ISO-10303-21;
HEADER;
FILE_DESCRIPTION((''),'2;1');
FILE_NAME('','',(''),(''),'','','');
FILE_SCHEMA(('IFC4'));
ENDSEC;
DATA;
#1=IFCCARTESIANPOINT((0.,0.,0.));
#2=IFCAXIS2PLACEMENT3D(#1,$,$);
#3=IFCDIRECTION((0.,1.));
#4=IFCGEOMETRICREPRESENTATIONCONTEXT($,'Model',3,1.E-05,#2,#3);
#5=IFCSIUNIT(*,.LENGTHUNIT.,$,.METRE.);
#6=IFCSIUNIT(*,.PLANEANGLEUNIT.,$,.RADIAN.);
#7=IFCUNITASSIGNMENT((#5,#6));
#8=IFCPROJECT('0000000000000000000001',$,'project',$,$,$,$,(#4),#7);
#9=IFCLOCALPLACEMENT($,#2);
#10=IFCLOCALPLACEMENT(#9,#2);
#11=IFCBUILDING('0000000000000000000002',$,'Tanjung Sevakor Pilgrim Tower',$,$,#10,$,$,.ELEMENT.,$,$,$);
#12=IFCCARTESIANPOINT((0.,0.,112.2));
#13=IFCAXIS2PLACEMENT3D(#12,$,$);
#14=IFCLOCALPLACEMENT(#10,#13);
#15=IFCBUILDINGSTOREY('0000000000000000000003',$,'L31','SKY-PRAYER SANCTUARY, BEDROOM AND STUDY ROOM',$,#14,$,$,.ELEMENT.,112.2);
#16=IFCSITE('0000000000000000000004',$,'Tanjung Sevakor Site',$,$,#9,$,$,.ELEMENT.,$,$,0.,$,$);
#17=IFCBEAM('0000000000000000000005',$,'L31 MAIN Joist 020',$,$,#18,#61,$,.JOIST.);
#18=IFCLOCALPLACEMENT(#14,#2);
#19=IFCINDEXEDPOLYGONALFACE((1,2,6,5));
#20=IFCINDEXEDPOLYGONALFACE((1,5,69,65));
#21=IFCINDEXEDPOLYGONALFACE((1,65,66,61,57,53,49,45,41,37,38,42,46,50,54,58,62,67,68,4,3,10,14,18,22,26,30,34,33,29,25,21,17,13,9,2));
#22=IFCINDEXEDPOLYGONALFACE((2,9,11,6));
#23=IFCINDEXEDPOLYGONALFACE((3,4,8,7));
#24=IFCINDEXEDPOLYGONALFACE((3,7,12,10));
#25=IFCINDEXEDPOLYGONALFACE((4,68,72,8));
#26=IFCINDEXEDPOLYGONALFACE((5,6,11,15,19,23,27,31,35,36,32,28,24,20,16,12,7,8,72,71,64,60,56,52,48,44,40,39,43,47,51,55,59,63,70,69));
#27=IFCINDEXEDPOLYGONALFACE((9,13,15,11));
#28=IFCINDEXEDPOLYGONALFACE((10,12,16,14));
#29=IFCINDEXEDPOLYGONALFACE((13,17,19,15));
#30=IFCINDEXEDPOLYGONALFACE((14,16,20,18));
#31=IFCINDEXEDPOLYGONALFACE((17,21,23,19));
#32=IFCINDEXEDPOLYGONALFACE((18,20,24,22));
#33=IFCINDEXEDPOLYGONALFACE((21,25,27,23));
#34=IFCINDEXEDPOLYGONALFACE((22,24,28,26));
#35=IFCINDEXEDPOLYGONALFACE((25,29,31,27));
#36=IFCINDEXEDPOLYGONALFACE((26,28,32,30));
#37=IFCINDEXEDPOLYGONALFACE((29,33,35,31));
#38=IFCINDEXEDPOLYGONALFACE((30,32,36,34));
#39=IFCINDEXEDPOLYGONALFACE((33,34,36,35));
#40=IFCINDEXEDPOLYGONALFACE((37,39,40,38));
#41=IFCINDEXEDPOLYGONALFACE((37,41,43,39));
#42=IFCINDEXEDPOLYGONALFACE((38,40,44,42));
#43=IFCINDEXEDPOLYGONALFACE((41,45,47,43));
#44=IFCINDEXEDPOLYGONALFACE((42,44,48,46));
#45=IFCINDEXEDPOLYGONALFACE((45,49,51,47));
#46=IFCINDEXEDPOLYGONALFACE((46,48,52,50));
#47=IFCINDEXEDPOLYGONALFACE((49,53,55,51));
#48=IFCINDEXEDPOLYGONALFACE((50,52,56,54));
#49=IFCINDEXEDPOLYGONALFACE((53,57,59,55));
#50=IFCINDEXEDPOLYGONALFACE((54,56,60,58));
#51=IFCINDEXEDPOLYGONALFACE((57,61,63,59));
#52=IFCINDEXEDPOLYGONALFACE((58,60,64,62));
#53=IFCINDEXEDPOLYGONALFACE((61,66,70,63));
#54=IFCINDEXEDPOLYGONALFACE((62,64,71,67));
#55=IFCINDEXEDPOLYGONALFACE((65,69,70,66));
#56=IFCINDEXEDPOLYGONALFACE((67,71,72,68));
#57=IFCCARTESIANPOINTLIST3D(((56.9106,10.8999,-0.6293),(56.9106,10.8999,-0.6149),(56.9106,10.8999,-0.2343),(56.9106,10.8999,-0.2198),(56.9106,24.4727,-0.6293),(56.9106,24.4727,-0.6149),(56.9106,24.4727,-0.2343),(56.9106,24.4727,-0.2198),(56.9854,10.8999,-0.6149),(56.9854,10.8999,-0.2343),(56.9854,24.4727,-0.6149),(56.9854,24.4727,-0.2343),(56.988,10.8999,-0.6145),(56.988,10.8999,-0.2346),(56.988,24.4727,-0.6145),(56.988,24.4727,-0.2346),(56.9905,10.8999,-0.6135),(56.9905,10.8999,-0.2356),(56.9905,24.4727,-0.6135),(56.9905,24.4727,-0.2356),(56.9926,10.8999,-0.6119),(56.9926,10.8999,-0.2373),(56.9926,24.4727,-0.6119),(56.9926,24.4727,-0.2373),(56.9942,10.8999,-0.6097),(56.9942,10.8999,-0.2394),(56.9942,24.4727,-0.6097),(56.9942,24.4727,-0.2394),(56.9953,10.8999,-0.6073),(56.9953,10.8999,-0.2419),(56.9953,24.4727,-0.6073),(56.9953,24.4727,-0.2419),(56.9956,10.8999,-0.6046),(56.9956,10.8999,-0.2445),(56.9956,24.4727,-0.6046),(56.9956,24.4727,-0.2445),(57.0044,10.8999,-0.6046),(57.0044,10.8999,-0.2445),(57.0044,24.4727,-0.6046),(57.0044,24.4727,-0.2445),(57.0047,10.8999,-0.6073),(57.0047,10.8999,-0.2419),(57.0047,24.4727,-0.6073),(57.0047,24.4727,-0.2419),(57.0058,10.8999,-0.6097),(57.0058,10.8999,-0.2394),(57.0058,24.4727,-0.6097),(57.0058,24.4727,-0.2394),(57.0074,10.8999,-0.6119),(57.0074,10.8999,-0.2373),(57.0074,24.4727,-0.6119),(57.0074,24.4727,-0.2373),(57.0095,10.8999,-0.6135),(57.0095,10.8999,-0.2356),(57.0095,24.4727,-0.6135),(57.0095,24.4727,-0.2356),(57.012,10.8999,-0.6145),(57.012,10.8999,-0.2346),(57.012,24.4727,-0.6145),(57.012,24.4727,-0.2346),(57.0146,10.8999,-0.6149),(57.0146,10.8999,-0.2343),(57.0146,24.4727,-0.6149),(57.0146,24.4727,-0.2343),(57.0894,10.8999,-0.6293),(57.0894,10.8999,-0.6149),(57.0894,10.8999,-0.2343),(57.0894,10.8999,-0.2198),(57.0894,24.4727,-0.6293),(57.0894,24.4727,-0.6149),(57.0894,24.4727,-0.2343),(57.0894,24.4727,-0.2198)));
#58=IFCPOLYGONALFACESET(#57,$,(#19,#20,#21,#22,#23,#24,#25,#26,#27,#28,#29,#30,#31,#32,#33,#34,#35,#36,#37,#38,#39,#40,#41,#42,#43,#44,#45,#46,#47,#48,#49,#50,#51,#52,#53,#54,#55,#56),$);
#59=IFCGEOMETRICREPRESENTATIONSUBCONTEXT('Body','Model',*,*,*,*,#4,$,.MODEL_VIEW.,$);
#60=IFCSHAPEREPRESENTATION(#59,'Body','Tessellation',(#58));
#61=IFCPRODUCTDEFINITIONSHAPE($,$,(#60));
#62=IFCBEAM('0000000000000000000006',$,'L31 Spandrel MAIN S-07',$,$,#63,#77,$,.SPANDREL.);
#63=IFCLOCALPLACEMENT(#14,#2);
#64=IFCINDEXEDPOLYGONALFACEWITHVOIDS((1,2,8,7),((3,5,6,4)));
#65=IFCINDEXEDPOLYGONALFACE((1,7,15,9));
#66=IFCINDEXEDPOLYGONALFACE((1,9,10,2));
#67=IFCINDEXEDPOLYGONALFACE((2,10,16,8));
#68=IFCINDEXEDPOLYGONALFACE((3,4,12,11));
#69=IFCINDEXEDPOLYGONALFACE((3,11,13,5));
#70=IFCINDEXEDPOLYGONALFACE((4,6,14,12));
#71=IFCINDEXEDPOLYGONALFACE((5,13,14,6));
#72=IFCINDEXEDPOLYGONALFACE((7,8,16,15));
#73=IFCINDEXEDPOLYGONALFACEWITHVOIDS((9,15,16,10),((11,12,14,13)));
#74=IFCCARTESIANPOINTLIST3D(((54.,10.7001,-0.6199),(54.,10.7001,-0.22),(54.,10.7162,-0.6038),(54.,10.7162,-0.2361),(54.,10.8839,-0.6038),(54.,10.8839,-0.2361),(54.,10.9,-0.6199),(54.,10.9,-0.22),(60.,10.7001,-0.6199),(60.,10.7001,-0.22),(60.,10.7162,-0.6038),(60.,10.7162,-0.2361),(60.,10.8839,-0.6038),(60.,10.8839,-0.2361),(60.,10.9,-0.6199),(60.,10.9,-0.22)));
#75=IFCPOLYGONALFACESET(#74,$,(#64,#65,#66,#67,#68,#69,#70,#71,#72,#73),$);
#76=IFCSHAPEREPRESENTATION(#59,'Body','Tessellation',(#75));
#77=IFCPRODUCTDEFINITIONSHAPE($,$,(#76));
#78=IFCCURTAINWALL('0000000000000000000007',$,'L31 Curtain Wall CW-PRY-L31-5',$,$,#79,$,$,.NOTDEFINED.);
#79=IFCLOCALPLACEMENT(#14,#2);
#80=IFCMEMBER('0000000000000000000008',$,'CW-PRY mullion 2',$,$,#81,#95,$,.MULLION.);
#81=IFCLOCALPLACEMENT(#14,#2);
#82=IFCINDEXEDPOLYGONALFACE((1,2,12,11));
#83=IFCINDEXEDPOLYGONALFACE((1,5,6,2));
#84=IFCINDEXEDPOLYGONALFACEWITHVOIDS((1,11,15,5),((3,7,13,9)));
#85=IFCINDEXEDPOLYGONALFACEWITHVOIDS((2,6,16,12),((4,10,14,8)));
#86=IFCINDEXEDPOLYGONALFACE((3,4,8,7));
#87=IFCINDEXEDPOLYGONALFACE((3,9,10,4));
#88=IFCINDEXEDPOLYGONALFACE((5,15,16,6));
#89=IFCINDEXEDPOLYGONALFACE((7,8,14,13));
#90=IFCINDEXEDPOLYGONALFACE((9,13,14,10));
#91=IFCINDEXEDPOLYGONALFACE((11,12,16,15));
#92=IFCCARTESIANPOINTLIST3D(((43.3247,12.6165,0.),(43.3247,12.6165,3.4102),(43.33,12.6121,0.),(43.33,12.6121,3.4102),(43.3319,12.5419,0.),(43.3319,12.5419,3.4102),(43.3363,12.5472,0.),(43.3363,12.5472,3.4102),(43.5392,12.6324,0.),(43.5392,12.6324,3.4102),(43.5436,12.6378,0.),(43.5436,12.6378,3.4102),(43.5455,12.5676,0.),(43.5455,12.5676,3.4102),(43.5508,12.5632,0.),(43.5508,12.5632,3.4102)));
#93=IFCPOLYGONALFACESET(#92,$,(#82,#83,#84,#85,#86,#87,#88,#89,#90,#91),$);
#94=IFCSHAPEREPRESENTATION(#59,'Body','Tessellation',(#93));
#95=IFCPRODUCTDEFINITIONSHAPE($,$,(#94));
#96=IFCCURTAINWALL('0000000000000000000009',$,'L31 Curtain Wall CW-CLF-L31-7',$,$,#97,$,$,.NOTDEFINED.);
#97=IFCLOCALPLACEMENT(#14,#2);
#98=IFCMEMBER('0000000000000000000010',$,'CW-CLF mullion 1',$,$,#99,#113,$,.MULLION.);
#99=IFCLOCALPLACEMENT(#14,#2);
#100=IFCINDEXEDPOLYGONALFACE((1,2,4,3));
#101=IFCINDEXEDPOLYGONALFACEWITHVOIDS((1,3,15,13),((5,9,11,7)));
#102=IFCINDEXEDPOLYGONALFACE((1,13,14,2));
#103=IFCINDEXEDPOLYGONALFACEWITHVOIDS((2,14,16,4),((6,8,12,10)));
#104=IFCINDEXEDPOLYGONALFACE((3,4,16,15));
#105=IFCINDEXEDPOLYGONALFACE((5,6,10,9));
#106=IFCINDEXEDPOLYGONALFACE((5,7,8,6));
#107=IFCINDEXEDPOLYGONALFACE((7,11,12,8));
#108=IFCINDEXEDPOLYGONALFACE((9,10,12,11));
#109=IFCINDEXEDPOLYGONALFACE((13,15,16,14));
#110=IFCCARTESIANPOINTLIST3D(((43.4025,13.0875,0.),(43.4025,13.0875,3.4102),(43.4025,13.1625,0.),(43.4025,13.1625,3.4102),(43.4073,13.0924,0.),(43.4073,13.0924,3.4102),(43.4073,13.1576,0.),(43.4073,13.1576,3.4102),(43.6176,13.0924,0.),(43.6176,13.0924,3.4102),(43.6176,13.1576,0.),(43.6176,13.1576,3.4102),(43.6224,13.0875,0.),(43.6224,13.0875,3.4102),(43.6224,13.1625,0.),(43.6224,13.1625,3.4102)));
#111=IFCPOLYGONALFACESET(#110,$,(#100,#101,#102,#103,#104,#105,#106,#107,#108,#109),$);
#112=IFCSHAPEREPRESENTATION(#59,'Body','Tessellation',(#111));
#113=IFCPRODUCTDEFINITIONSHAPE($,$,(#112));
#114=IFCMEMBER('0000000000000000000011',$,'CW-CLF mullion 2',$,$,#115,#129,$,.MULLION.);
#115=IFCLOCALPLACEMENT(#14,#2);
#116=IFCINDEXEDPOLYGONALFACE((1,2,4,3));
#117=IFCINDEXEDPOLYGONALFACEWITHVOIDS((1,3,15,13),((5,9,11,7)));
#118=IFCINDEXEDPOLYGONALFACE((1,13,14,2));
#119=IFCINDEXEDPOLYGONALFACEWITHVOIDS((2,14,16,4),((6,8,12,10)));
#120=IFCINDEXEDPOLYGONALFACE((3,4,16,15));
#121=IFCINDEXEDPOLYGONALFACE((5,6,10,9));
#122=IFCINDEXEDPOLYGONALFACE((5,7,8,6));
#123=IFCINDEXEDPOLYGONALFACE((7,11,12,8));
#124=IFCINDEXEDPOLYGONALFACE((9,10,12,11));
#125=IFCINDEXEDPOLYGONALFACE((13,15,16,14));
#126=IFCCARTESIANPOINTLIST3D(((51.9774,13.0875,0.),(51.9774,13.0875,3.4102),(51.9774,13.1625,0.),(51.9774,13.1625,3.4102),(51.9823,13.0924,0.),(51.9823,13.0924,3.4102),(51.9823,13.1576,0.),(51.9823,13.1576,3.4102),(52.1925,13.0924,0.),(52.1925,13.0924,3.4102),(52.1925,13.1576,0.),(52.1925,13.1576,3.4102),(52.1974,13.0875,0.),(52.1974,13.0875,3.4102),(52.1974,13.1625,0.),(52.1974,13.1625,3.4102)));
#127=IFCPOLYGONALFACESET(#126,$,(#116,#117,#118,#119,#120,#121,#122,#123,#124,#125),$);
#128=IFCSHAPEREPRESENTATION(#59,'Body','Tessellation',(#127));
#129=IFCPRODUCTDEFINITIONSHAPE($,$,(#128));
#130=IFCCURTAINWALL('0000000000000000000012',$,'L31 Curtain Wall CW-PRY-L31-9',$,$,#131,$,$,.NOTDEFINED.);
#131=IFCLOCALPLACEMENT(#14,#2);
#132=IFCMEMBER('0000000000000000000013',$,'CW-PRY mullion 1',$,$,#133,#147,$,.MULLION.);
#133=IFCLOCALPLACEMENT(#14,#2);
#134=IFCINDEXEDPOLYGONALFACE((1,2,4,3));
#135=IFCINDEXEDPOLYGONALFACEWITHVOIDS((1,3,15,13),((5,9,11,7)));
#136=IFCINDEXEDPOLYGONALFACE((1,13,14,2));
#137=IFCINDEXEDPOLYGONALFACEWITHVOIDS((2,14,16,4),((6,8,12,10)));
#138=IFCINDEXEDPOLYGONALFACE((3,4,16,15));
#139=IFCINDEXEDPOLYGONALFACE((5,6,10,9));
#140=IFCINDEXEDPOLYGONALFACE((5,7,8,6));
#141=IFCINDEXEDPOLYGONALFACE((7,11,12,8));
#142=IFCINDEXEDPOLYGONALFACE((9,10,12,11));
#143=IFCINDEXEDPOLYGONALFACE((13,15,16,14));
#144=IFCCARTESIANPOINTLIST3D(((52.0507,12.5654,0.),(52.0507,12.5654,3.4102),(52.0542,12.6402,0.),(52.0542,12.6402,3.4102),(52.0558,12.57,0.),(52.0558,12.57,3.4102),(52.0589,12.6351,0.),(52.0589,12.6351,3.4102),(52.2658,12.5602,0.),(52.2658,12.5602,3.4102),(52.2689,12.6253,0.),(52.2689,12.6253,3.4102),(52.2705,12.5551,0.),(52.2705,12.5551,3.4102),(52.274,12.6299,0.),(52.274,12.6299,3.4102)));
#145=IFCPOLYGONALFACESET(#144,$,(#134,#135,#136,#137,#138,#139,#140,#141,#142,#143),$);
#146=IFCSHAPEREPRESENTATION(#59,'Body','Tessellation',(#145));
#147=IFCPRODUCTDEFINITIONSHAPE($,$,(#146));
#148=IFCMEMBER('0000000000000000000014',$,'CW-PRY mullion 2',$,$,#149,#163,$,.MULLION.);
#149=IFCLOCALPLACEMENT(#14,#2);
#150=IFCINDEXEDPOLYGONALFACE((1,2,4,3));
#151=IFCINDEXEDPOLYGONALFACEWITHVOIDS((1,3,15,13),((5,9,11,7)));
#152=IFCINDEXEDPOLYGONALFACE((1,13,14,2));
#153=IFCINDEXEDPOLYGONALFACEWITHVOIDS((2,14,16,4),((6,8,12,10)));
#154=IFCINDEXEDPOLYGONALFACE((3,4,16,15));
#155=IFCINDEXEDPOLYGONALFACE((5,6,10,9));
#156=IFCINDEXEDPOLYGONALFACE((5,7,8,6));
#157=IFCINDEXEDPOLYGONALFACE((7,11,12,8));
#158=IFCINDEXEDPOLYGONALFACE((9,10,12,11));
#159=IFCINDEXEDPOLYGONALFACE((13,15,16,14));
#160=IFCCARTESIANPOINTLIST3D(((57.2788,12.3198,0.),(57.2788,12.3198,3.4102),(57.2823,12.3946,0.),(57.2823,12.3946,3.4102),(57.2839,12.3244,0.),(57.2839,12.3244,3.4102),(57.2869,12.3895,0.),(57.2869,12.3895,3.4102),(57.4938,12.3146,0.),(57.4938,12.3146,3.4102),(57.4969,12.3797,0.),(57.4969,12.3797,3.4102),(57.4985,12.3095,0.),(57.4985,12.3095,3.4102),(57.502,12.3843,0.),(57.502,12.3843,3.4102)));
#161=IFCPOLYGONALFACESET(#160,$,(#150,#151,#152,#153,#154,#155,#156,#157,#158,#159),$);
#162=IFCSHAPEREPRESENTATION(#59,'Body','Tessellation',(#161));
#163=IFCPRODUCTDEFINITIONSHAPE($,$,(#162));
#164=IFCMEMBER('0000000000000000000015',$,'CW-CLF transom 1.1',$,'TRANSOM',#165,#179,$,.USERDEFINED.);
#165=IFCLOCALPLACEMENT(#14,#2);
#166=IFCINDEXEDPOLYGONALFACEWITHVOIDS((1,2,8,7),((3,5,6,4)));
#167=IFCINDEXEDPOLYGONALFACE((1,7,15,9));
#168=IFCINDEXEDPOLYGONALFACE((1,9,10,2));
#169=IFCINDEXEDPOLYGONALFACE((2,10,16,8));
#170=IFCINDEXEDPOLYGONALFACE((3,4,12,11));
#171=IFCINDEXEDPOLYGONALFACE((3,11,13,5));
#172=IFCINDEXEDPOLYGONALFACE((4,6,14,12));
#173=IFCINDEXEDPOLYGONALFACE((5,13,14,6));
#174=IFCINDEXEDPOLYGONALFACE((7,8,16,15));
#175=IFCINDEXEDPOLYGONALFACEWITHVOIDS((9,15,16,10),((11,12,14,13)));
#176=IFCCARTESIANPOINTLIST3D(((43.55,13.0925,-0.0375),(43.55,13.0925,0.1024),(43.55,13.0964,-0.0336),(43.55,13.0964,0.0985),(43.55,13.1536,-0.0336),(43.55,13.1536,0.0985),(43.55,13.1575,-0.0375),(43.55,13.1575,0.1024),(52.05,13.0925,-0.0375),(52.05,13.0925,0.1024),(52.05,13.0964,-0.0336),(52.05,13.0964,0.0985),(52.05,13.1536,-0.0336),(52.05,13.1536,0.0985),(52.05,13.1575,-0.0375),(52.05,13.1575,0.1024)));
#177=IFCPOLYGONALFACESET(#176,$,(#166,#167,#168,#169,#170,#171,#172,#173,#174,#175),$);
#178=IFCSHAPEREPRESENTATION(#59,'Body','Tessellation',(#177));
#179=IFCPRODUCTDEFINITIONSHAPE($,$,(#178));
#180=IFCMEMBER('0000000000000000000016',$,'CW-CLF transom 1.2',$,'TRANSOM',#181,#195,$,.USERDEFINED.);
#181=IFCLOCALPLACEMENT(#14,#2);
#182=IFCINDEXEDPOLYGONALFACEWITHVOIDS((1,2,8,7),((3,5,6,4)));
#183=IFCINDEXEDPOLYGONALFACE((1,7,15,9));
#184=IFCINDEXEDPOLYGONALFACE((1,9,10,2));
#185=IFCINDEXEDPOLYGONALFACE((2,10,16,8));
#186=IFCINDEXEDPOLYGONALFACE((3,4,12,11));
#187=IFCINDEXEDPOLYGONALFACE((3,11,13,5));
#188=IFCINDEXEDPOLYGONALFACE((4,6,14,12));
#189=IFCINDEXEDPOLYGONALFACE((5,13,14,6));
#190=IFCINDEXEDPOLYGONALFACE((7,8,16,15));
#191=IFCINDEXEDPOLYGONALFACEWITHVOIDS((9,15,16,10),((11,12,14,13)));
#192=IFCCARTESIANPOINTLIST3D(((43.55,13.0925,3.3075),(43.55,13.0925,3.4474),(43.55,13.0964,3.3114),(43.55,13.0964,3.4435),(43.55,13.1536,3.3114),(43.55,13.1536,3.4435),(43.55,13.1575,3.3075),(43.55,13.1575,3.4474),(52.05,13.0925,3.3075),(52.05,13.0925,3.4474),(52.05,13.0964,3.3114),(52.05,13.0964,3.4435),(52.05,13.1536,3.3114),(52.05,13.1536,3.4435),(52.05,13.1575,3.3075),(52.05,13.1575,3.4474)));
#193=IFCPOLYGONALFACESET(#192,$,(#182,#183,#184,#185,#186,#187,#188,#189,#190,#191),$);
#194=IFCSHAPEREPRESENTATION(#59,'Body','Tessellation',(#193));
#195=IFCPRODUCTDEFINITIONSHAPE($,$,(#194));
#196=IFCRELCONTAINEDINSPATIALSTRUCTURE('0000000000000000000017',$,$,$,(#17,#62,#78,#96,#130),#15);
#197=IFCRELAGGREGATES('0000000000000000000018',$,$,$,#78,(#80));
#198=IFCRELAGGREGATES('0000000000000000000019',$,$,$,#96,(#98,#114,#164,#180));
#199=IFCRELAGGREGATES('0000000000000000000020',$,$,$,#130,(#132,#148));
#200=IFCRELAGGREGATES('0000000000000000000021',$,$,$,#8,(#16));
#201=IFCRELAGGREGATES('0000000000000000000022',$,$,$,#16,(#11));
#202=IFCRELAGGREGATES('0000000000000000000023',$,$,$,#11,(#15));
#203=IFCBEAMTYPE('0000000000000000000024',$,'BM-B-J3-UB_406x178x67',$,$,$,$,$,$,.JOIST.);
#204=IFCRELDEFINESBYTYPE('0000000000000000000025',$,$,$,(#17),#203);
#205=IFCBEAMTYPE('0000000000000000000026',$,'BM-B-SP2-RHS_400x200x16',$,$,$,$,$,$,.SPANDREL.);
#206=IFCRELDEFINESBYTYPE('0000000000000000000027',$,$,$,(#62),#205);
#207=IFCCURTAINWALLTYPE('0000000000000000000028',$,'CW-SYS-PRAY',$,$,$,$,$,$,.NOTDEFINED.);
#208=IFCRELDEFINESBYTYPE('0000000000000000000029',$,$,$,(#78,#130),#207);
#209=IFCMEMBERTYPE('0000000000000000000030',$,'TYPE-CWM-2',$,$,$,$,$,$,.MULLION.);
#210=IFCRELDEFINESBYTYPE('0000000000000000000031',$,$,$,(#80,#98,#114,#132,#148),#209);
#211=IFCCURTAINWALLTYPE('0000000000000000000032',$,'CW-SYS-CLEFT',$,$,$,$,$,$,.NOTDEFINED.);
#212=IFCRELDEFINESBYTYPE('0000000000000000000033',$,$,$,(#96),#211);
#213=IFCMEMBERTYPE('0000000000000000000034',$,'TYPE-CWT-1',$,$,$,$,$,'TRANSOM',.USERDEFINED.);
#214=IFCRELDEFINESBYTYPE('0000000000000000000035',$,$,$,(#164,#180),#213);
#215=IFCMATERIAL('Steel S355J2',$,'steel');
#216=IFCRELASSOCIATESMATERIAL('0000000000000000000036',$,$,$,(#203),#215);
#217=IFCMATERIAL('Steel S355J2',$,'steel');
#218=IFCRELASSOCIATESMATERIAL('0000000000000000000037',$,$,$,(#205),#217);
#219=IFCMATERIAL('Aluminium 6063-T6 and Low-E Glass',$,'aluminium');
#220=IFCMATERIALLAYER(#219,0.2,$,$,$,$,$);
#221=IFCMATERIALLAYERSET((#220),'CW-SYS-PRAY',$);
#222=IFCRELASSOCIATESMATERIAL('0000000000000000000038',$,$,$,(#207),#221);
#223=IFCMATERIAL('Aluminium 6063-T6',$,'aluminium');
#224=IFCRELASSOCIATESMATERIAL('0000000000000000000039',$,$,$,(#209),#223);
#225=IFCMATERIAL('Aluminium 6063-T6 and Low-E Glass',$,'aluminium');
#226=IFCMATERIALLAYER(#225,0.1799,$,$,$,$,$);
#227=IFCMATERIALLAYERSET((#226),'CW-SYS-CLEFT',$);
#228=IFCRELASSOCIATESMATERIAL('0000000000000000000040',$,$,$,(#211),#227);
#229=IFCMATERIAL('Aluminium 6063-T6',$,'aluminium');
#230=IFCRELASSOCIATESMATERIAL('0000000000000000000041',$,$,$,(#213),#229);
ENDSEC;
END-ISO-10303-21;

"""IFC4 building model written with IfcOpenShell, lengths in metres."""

from ifc_helpers import new_model, si_unit, direction, frame, origin, origin_2d, place, context, subcontext, project, spatial, hollow_rectangle, i_section, extrude, material, layer, layer_set, material_profile, profile_set, type_object, element, aggregate, save


model = new_model("IFC4")

# Units and contexts
model_context = context("Model", 3, precision=1e-05, world=origin(), true_north=direction((0.0, 1.0)))
body_context = subcontext(model_context, "Body", "Model", "MODEL_VIEW")
ifc_project = project(units=[si_unit("LENGTHUNIT", "METRE"), si_unit("PLANEANGLEUNIT", "RADIAN")], contexts=[model_context])

# Site, building, storey
site_placement = place(None, origin())
site = spatial("IfcSite", under=ifc_project, at=site_placement, Name="Tanjung Sevakor Site", CompositionType="ELEMENT", RefElevation=0.0)
building_placement = place(site_placement, origin())
building = spatial("IfcBuilding", under=site, at=building_placement, Name="Tanjung Sevakor Pilgrim Tower", CompositionType="ELEMENT")
storey_placement = place(building_placement, frame((0.0, 0.0, 112.2)))
storey = spatial("IfcBuildingStorey", under=building, at=storey_placement, Name="L31", Description="SKY-PRAYER SANCTUARY, BEDROOM AND STUDY ROOM", CompositionType="ELEMENT", Elevation=112.2)

# Beams
ifc_material_1 = material(Name="Steel S355J2", Category="steel")
ifc_material_profile_1 = material_profile(ifc_material_1, i_section(OverallWidth=0.1787, OverallDepth=0.4094, WebThickness=0.0088, FlangeThickness=0.0144, FilletRadius=0.0103, at=origin_2d()))
ifc_profile_set_1 = profile_set([ifc_material_profile_1], Name="Steel S355J2")
beam_type_1 = type_object("IfcBeamType", Name="BM-B-J3-UB_406x178x67", PredefinedType="JOIST", material=ifc_profile_set_1)
beam_1_placement = place(storey_placement, frame((57.0, 10.8999, -0.4246), z_axis=(0.0, 1.0, 0.0), x_axis=(-1.0, 0.0, 0.0)))
element("IfcBeam", 1, at=beam_1_placement, inside=storey, type_object=beam_type_1, Name="L31 MAIN Joist 020", PredefinedType="JOIST", context=body_context, shape_type="SweptSolid", body=[
    extrude(i_section(OverallWidth=0.1787, OverallDepth=0.4094, WebThickness=0.0088, FlangeThickness=0.0144, FilletRadius=0.0103, at=origin_2d()), origin(), (0.0, 0.0, 1.0), 13.5728),
])
ifc_material_2 = material(Name="Steel S355J2", Category="steel")
ifc_material_profile_2 = material_profile(ifc_material_2, hollow_rectangle(XDim=0.2, YDim=0.3999, WallThickness=0.0161, at=origin_2d()))
ifc_profile_set_2 = profile_set([ifc_material_profile_2], Name="Steel S355J2")
beam_type_2 = type_object("IfcBeamType", Name="BM-B-SP2-RHS_400x200x16", PredefinedType="SPANDREL", material=ifc_profile_set_2)
beam_2_placement = place(storey_placement, frame((54.0, 10.8, -0.4199), z_axis=(1.0, 0.0, 0.0), x_axis=(0.0, 1.0, 0.0)))
element("IfcBeam", 2, at=beam_2_placement, inside=storey, type_object=beam_type_2, Name="L31 Spandrel MAIN S-07", PredefinedType="SPANDREL", context=body_context, shape_type="SweptSolid", body=[
    extrude(hollow_rectangle(XDim=0.2, YDim=0.3999, WallThickness=0.0161, at=origin_2d()), origin(), (0.0, 0.0, 1.0), 6.0),
])

# Curtain wall, member
ifc_material_3 = material(Name="Aluminium 6063-T6 and Low-E Glass", Category="aluminium")
ifc_layer_1 = layer(ifc_material_3, 0.2)
ifc_layer_set_1 = layer_set([ifc_layer_1], Name="CW-SYS-PRAY")
curtain_wall_type_1 = type_object("IfcCurtainWallType", Name="CW-SYS-PRAY", PredefinedType="NOTDEFINED", material=ifc_layer_set_1)
curtain_wall_1_placement = place(storey_placement, origin())
curtain_wall_1 = element("IfcCurtainWall", 3, at=curtain_wall_1_placement, inside=storey, type_object=curtain_wall_type_1, Name="L31 Curtain Wall CW-PRY-L31-5", PredefinedType="NOTDEFINED")
ifc_material_4 = material(Name="Aluminium 6063-T6", Category="aluminium")
ifc_material_profile_3 = material_profile(ifc_material_4, hollow_rectangle(XDim=0.075, YDim=0.22, WallThickness=0.0049, at=origin_2d()))
ifc_profile_set_3 = profile_set([ifc_material_profile_3], Name="Aluminium 6063-T6")
member_type_1 = type_object("IfcMemberType", Name="TYPE-CWM-2", PredefinedType="MULLION", material=ifc_profile_set_3)
member_1_placement = place(storey_placement, frame((43.4377, 12.5898, 0.0), z_axis=(0.0, 0.0, 1.0), x_axis=(-0.096645, 0.995319, 0.0)))
member_1 = element("IfcMember", 4, at=member_1_placement, type_object=member_type_1, Name="CW-PRY mullion 2", PredefinedType="MULLION", context=body_context, shape_type="SweptSolid", body=[
    extrude(hollow_rectangle(XDim=0.075, YDim=0.22, WallThickness=0.0049, at=origin_2d()), origin(), (0.0, 0.0, 1.0), 3.4102),
])
aggregate(curtain_wall_1, [member_1])

# Curtain walls, members
ifc_material_5 = material(Name="Aluminium 6063-T6 and Low-E Glass", Category="aluminium")
ifc_layer_2 = layer(ifc_material_5, 0.1799)
ifc_layer_set_2 = layer_set([ifc_layer_2], Name="CW-SYS-CLEFT")
curtain_wall_type_2 = type_object("IfcCurtainWallType", Name="CW-SYS-CLEFT", PredefinedType="NOTDEFINED", material=ifc_layer_set_2)
curtain_wall_2_placement = place(storey_placement, origin())
curtain_wall_2 = element("IfcCurtainWall", 5, at=curtain_wall_2_placement, inside=storey, type_object=curtain_wall_type_2, Name="L31 Curtain Wall CW-CLF-L31-7", PredefinedType="NOTDEFINED")
member_2_placement = place(storey_placement, frame((43.5125, 13.125, 0.0), z_axis=(0.0, 0.0, 1.0), x_axis=(0.0, 1.0, 0.0)))
member_2 = element("IfcMember", 6, at=member_2_placement, type_object=member_type_1, Name="CW-CLF mullion 1", PredefinedType="MULLION", context=body_context, shape_type="SweptSolid", body=[
    extrude(hollow_rectangle(XDim=0.075, YDim=0.22, WallThickness=0.0049, at=origin_2d()), origin(), (0.0, 0.0, 1.0), 3.4102),
])
member_3_placement = place(storey_placement, frame((52.0874, 13.125, 0.0), z_axis=(0.0, 0.0, 1.0), x_axis=(0.0, 1.0, 0.0)))
member_3 = element("IfcMember", 7, at=member_3_placement, type_object=member_type_1, Name="CW-CLF mullion 2", PredefinedType="MULLION", context=body_context, shape_type="SweptSolid", body=[
    extrude(hollow_rectangle(XDim=0.075, YDim=0.22, WallThickness=0.0049, at=origin_2d()), origin(), (0.0, 0.0, 1.0), 3.4102),
])
curtain_wall_3_placement = place(storey_placement, origin())
curtain_wall_3 = element("IfcCurtainWall", 8, at=curtain_wall_3_placement, inside=storey, type_object=curtain_wall_type_1, Name="L31 Curtain Wall CW-PRY-L31-9", PredefinedType="NOTDEFINED")
member_4_placement = place(storey_placement, frame((52.1624, 12.5977, 0.0), z_axis=(0.0, 0.0, 1.0), x_axis=(0.046896, 0.9989, 0.0)))
member_4 = element("IfcMember", 9, at=member_4_placement, type_object=member_type_1, Name="CW-PRY mullion 1", PredefinedType="MULLION", context=body_context, shape_type="SweptSolid", body=[
    extrude(hollow_rectangle(XDim=0.075, YDim=0.22, WallThickness=0.0049, at=origin_2d()), origin(), (0.0, 0.0, 1.0), 3.4102),
])
member_5_placement = place(storey_placement, frame((57.3904, 12.3521, 0.0), z_axis=(0.0, 0.0, 1.0), x_axis=(0.046896, 0.9989, 0.0)))
member_5 = element("IfcMember", 10, at=member_5_placement, type_object=member_type_1, Name="CW-PRY mullion 2", PredefinedType="MULLION", context=body_context, shape_type="SweptSolid", body=[
    extrude(hollow_rectangle(XDim=0.075, YDim=0.22, WallThickness=0.0049, at=origin_2d()), origin(), (0.0, 0.0, 1.0), 3.4102),
])

# Members
ifc_material_6 = material(Name="Aluminium 6063-T6", Category="aluminium")
ifc_material_profile_4 = material_profile(ifc_material_6, hollow_rectangle(XDim=0.0649, YDim=0.1399, WallThickness=0.0039, at=origin_2d()))
ifc_profile_set_4 = profile_set([ifc_material_profile_4], Name="Aluminium 6063-T6")
member_type_2 = type_object("IfcMemberType", Name="TYPE-CWT-1", ElementType="TRANSOM", PredefinedType="USERDEFINED", material=ifc_profile_set_4)
member_6_placement = place(storey_placement, frame((43.55, 13.125, 0.0325), z_axis=(1.0, 0.0, 0.0), x_axis=(0.0, 1.0, 0.0)))
member_6 = element("IfcMember", 11, at=member_6_placement, type_object=member_type_2, Name="CW-CLF transom 1.1", ObjectType="TRANSOM", PredefinedType="USERDEFINED", context=body_context, shape_type="SweptSolid", body=[
    extrude(hollow_rectangle(XDim=0.0649, YDim=0.1399, WallThickness=0.0039, at=origin_2d()), origin(), (0.0, 0.0, 1.0), 8.5),
])
member_7_placement = place(storey_placement, frame((43.55, 13.125, 3.3774), z_axis=(1.0, 0.0, 0.0), x_axis=(0.0, 1.0, 0.0)))
member_7 = element("IfcMember", 12, at=member_7_placement, type_object=member_type_2, Name="CW-CLF transom 1.2", ObjectType="TRANSOM", PredefinedType="USERDEFINED", context=body_context, shape_type="SweptSolid", body=[
    extrude(hollow_rectangle(XDim=0.0649, YDim=0.1399, WallThickness=0.0039, at=origin_2d()), origin(), (0.0, 0.0, 1.0), 8.5),
])

aggregate(curtain_wall_2, [member_2, member_3, member_6, member_7])
aggregate(curtain_wall_3, [member_4, member_5])

save(model, "model.ifc")
